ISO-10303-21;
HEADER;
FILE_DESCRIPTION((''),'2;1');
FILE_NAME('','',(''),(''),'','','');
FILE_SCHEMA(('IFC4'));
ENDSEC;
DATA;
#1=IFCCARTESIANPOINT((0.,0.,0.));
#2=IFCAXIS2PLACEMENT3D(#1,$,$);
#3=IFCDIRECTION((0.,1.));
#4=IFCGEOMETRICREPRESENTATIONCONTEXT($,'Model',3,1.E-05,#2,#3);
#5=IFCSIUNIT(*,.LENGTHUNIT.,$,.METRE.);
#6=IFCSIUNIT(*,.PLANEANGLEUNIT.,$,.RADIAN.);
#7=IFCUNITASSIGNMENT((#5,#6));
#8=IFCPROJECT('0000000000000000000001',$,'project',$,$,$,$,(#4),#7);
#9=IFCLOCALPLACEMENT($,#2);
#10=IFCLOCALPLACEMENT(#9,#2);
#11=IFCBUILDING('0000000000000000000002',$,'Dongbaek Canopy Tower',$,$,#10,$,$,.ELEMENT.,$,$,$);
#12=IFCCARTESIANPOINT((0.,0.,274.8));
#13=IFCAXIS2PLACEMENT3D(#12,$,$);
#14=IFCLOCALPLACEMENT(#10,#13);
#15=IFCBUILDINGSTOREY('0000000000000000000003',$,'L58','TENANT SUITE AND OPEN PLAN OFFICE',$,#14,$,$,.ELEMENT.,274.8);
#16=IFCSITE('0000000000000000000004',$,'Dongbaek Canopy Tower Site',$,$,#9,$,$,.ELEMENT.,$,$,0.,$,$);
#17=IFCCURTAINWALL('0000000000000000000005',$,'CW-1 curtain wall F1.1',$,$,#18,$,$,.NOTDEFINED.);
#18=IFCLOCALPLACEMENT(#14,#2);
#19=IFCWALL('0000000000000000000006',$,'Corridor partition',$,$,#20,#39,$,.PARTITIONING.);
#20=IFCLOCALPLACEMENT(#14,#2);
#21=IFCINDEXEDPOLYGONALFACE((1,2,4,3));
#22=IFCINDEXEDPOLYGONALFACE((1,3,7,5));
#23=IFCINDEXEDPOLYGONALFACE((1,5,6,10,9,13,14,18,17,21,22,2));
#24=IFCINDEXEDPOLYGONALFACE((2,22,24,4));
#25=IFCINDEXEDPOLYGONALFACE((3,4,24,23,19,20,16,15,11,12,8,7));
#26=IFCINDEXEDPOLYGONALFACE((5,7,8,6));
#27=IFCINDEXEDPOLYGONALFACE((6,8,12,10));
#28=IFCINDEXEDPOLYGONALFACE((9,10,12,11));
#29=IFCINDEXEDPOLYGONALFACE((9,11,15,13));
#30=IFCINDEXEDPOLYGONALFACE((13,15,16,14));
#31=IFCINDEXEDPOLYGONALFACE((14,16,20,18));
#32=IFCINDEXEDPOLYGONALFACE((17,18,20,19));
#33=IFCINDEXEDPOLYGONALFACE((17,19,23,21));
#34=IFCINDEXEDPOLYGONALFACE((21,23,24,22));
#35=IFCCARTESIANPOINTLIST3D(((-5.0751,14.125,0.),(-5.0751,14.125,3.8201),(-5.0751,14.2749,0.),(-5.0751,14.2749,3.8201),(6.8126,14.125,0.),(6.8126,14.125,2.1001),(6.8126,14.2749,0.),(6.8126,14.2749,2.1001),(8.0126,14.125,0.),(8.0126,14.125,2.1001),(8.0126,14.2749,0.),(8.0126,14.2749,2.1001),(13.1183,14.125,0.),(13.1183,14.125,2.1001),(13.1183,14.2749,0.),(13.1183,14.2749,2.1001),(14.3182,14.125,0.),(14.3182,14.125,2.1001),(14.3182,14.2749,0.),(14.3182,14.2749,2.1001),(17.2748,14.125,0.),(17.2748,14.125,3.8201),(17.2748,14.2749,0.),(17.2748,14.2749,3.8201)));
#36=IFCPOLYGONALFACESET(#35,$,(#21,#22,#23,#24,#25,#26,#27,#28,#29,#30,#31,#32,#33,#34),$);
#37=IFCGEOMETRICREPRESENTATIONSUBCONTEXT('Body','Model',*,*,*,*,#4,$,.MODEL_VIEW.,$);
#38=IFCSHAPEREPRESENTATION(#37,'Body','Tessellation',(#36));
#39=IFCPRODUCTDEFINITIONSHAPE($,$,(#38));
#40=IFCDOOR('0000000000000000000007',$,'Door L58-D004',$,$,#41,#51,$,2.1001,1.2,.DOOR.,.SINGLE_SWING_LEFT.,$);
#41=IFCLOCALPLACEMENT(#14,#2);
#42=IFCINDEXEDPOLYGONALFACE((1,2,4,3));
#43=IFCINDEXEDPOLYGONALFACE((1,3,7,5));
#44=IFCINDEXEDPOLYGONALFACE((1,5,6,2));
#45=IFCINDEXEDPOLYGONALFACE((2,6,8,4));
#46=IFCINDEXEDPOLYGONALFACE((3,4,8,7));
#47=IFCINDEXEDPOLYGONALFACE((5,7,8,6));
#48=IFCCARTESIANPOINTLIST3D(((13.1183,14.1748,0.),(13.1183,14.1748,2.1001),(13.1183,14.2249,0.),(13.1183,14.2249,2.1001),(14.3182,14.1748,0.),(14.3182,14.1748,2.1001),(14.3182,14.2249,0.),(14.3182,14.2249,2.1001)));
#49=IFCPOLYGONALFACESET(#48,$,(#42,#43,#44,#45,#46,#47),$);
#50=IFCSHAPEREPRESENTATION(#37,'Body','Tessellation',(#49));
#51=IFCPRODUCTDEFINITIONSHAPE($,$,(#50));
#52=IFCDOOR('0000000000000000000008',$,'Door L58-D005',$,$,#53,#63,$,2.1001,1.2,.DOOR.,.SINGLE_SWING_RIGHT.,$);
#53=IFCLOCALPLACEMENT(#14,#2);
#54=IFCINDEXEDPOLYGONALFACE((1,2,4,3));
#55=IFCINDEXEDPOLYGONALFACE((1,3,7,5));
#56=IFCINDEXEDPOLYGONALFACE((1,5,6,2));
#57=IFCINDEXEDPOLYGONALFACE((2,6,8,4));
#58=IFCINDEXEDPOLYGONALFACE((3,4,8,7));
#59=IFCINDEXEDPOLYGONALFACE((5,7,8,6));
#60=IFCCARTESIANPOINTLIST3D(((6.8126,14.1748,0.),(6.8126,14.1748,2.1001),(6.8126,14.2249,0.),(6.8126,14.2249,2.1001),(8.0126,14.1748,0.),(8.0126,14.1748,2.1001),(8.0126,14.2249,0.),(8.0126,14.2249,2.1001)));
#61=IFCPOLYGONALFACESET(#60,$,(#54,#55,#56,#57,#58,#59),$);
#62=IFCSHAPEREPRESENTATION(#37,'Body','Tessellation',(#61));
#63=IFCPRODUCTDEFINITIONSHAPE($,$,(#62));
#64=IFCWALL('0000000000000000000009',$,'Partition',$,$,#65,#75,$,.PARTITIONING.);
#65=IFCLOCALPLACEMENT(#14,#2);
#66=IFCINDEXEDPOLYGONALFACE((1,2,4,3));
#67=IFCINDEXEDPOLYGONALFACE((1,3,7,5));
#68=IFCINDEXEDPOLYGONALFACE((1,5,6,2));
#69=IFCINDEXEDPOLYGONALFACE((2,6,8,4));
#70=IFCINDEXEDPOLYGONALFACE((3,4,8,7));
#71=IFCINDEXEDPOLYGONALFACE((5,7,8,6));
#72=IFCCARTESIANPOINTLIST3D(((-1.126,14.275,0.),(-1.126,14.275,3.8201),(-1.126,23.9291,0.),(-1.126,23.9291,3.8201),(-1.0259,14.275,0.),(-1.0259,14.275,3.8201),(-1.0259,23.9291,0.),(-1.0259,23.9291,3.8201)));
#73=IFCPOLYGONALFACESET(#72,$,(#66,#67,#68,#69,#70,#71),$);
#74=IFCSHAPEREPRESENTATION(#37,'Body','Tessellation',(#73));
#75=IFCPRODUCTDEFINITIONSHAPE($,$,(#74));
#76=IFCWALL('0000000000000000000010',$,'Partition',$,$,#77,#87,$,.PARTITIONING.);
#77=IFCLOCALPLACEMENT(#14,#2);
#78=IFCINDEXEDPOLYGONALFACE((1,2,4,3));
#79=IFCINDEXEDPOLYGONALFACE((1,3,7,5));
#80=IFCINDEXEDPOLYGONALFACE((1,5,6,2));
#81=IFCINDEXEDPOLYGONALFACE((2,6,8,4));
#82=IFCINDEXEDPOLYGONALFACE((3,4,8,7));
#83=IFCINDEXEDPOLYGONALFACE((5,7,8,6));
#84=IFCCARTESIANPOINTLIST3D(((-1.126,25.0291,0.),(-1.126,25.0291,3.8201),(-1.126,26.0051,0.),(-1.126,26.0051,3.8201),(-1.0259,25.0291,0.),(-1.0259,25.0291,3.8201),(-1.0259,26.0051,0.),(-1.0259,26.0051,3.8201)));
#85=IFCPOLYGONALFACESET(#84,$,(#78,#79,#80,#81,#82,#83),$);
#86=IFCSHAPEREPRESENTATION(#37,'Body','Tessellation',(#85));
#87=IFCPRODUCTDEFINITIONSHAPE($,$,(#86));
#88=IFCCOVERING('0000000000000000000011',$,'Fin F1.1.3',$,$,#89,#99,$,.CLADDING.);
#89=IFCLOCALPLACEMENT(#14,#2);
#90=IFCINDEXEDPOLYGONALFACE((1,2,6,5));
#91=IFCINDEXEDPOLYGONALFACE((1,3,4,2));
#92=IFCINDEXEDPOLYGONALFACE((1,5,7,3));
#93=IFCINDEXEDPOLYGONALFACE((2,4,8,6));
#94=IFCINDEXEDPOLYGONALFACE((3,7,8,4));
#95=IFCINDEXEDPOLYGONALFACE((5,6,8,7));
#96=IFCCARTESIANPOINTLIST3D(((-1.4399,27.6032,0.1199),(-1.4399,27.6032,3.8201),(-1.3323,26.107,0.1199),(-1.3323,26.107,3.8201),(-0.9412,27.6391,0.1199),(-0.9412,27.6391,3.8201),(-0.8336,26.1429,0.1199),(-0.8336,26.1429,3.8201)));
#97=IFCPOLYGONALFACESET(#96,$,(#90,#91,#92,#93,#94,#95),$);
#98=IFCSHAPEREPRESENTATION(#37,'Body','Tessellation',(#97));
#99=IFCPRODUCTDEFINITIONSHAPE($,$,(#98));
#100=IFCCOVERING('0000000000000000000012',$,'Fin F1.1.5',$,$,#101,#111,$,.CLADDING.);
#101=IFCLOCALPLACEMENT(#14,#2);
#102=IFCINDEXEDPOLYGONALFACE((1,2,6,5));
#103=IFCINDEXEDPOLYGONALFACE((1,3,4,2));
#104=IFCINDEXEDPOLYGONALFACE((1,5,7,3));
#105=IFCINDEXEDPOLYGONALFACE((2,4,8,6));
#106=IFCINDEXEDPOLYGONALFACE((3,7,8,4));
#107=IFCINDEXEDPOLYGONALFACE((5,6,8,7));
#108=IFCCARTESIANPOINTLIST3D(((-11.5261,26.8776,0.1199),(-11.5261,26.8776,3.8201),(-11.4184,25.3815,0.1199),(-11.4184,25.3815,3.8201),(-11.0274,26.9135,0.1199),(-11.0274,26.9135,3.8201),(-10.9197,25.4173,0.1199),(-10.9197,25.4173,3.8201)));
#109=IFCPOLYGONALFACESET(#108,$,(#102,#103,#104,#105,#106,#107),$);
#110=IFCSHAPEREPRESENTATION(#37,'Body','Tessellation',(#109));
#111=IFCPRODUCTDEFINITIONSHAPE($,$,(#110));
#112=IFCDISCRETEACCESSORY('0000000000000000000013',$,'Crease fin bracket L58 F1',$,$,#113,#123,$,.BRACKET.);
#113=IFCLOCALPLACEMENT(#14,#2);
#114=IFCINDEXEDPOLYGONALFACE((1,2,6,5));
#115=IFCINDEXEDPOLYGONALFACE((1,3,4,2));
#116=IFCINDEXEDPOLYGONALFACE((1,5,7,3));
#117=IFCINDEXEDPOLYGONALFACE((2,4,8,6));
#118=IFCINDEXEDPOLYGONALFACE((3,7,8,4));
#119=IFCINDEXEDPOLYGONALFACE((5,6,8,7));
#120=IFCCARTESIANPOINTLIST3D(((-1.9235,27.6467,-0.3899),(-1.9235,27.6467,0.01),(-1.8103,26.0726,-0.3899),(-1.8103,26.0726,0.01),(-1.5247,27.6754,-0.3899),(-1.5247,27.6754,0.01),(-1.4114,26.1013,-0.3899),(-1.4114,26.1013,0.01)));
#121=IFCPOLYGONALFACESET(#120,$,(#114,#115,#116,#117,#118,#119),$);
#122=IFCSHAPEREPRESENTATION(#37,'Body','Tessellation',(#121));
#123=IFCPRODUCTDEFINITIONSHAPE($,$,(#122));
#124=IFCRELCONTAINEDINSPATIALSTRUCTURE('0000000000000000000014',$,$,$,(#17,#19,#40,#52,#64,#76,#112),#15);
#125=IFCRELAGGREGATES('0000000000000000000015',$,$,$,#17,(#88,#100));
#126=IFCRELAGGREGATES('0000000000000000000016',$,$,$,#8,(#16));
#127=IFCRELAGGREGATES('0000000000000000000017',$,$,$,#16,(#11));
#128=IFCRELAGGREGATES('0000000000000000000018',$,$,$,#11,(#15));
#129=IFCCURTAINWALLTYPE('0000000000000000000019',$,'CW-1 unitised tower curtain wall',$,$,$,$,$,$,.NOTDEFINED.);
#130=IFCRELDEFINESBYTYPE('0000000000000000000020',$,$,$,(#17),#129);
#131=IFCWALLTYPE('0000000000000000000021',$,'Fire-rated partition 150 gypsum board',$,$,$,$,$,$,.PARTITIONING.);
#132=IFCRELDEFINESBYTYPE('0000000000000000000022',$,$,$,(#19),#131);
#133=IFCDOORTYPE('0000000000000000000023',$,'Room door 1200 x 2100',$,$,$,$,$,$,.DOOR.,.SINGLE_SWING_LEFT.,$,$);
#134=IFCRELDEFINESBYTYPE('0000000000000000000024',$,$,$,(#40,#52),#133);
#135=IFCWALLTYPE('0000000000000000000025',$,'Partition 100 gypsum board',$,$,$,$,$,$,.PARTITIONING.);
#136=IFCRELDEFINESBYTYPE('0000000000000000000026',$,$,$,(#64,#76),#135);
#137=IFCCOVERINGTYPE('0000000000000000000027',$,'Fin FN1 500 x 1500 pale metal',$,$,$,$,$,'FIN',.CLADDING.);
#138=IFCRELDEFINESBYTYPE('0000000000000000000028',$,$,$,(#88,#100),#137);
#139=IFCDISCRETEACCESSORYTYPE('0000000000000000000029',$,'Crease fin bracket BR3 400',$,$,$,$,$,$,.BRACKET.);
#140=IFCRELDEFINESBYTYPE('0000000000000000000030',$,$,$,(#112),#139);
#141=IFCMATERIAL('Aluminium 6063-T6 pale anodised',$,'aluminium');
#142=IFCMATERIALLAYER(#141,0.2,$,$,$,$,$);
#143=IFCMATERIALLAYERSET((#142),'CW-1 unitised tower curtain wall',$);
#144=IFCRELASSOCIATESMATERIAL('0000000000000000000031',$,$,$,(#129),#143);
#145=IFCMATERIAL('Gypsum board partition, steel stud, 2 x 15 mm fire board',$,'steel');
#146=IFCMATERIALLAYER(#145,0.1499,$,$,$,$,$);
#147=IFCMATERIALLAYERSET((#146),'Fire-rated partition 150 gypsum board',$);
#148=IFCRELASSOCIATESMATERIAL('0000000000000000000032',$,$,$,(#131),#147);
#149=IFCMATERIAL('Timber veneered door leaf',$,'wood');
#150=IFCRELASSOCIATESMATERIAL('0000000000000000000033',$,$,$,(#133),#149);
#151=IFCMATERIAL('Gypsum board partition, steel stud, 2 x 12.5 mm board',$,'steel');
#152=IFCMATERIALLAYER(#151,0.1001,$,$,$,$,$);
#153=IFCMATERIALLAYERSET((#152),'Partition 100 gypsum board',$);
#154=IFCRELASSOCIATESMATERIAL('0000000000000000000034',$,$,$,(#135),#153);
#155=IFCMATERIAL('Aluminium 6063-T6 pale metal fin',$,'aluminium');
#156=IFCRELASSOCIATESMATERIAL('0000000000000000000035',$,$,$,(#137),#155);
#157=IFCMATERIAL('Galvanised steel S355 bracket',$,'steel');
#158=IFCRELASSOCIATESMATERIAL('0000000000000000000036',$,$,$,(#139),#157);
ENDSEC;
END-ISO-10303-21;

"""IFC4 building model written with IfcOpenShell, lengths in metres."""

from ifc_helpers import new_model, si_unit, direction, frame, frame_2d, origin, origin_2d, place, context, subcontext, project, spatial, rectangle, extrude, material, layer, layer_set, material_profile, profile_set, type_object, element, fill, aggregate, save


model = new_model("IFC4")

# Units and contexts
model_context = context("Model", 3, precision=1e-05, world=origin(), true_north=direction((0.0, 1.0)))
body_context = subcontext(model_context, "Body", "Model", "MODEL_VIEW")
ifc_project = project(units=[si_unit("LENGTHUNIT", "METRE"), si_unit("PLANEANGLEUNIT", "RADIAN")], contexts=[model_context])

# Site, building, storey
site_placement = place(None, origin())
site = spatial("IfcSite", under=ifc_project, at=site_placement, Name="Dongbaek Canopy Tower Site", CompositionType="ELEMENT", RefElevation=0.0)
building_placement = place(site_placement, origin())
building = spatial("IfcBuilding", under=site, at=building_placement, Name="Dongbaek Canopy Tower", CompositionType="ELEMENT")
storey_placement = place(building_placement, frame((0.0, 0.0, 274.8)))
storey = spatial("IfcBuildingStorey", under=building, at=storey_placement, Name="L58", Description="TENANT SUITE AND OPEN PLAN OFFICE", CompositionType="ELEMENT", Elevation=274.8)

# Curtain wall
ifc_material_1 = material(Name="Aluminium 6063-T6 pale anodised", Category="aluminium")
ifc_layer_1 = layer(ifc_material_1, 0.2)
ifc_layer_set_1 = layer_set([ifc_layer_1], Name="CW-1 unitised tower curtain wall")
curtain_wall_type = type_object("IfcCurtainWallType", Name="CW-1 unitised tower curtain wall", PredefinedType="NOTDEFINED", material=ifc_layer_set_1)
curtain_wall_1_placement = place(storey_placement, origin())
curtain_wall_1 = element("IfcCurtainWall", 1, at=curtain_wall_1_placement, inside=storey, type_object=curtain_wall_type, Name="CW-1 curtain wall F1.1", PredefinedType="NOTDEFINED")

# Wall, openings, doors
ifc_material_2 = material(Name="Gypsum board partition, steel stud, 2 x 15 mm fire board", Category="steel")
ifc_layer_2 = layer(ifc_material_2, 0.1499)
ifc_layer_set_2 = layer_set([ifc_layer_2], Name="Fire-rated partition 150 gypsum board")
wall_type_1 = type_object("IfcWallType", Name="Fire-rated partition 150 gypsum board", PredefinedType="PARTITIONING", material=ifc_layer_set_2)
wall_1_placement = place(storey_placement, frame((-5.075, 14.2, 0.0), z_axis=(0.0, 0.0, 1.0), x_axis=(1.0, 0.0, 0.0)))
wall_1 = element("IfcWall", 2, at=wall_1_placement, inside=storey, type_object=wall_type_1, Name="Corridor partition", PredefinedType="PARTITIONING", context=body_context, shape_type="SweptSolid", body=[
    extrude(rectangle(XDim=22.3499, YDim=0.1499, at=frame_2d((11.1748, 0.0))), origin(), (0.0, 0.0, 1.0), 3.8201),
])
opening_1_placement = place(wall_1_placement, frame((18.1931, 0.0, 0.0)))
opening_1 = element("IfcOpeningElement", 3, at=opening_1_placement, cuts=wall_1, PredefinedType="OPENING", context=body_context, shape_type="SweptSolid", body=[
    extrude(rectangle(XDim=1.2, YDim=2.1001, at=frame_2d((0.6001, 1.05))), frame((0.0, 0.085, 0.0), z_axis=(0.0, -1.0, 0.0), x_axis=(1.0, 0.0, 0.0)), (0.0, 0.0, 1.0), 0.1699),
])
opening_2_placement = place(wall_1_placement, frame((11.8875, 0.0, 0.0)))
opening_2 = element("IfcOpeningElement", 4, at=opening_2_placement, cuts=wall_1, PredefinedType="OPENING", context=body_context, shape_type="SweptSolid", body=[
    extrude(rectangle(XDim=1.2, YDim=2.1001, at=frame_2d((0.6001, 1.05))), frame((0.0, 0.085, 0.0), z_axis=(0.0, -1.0, 0.0), x_axis=(1.0, 0.0, 0.0)), (0.0, 0.0, 1.0), 0.1699),
])
ifc_material_3 = material(Name="Timber veneered door leaf", Category="wood")
door_type = type_object("IfcDoorType", Name="Room door 1200 x 2100", OperationType="SINGLE_SWING_LEFT", PredefinedType="DOOR", material=ifc_material_3)
door_1_placement = place(opening_1_placement, origin())
door_1 = element("IfcDoor", 5, at=door_1_placement, inside=storey, type_object=door_type, Name="Door L58-D004", OperationType="SINGLE_SWING_LEFT", OverallHeight=2.1001, OverallWidth=1.2, PredefinedType="DOOR", context=body_context, shape_type="SweptSolid", body=[
    extrude(rectangle(XDim=1.2, YDim=2.1001, at=frame_2d((0.6001, 1.05))), frame((0.0, 0.0249, 0.0), z_axis=(0.0, -1.0, 0.0), x_axis=(1.0, 0.0, 0.0)), (0.0, 0.0, 1.0), 0.05),
])
fill(opening_1, door_1)
door_2_placement = place(opening_2_placement, origin())
door_2 = element("IfcDoor", 6, at=door_2_placement, inside=storey, type_object=door_type, Name="Door L58-D005", OperationType="SINGLE_SWING_RIGHT", OverallHeight=2.1001, OverallWidth=1.2, PredefinedType="DOOR", context=body_context, shape_type="SweptSolid", body=[
    extrude(rectangle(XDim=1.2, YDim=2.1001, at=frame_2d((0.6001, 1.05))), frame((0.0, 0.0249, 0.0), z_axis=(0.0, -1.0, 0.0), x_axis=(1.0, 0.0, 0.0)), (0.0, 0.0, 1.0), 0.05),
])
fill(opening_2, door_2)

# Walls
ifc_material_4 = material(Name="Gypsum board partition, steel stud, 2 x 12.5 mm board", Category="steel")
ifc_layer_3 = layer(ifc_material_4, 0.1001)
ifc_layer_set_3 = layer_set([ifc_layer_3], Name="Partition 100 gypsum board")
wall_type_2 = type_object("IfcWallType", Name="Partition 100 gypsum board", PredefinedType="PARTITIONING", material=ifc_layer_set_3)
wall_2_placement = place(storey_placement, frame((-1.0759, 14.2749, 0.0), z_axis=(0.0, 0.0, 1.0), x_axis=(0.0, 1.0, 0.0)))
element("IfcWall", 7, at=wall_2_placement, inside=storey, type_object=wall_type_2, Name="Partition", PredefinedType="PARTITIONING", context=body_context, shape_type="SweptSolid", body=[
    extrude(rectangle(XDim=9.6541, YDim=0.1001, at=frame_2d((4.8271, 0.0))), origin(), (0.0, 0.0, 1.0), 3.8201),
])
wall_3_placement = place(storey_placement, frame((-1.0759, 25.0291, 0.0), z_axis=(0.0, 0.0, 1.0), x_axis=(0.0, 1.0, 0.0)))
element("IfcWall", 8, at=wall_3_placement, inside=storey, type_object=wall_type_2, Name="Partition", PredefinedType="PARTITIONING", context=body_context, shape_type="SweptSolid", body=[
    extrude(rectangle(XDim=0.9761, YDim=0.1001, at=frame_2d((0.488, 0.0))), origin(), (0.0, 0.0, 1.0), 3.8201),
])

# Coverings
ifc_material_5 = material(Name="Aluminium 6063-T6 pale metal fin", Category="aluminium")
ifc_material_profile_1 = material_profile(ifc_material_5, rectangle(XDim=1.5, YDim=0.5, at=origin_2d()), Name="Fin FN1 500 x 1500 pale metal")
ifc_profile_set_1 = profile_set([ifc_material_profile_1], Name="Aluminium 6063-T6 pale metal fin")
covering_type = type_object("IfcCoveringType", Name="Fin FN1 500 x 1500 pale metal", ElementType="FIN", PredefinedType="CLADDING", material=ifc_profile_set_1)
covering_1_placement = place(storey_placement, frame((-1.1367, 26.873, 0.1199), z_axis=(0.0, 0.0, 1.0), x_axis=(-0.071744, 0.997423, 0.0)))
covering_1 = element("IfcCovering", 9, at=covering_1_placement, type_object=covering_type, Name="Fin F1.1.3", PredefinedType="CLADDING", context=body_context, shape_type="SweptSolid", body=[
    extrude(rectangle(XDim=1.5, YDim=0.5, at=origin_2d()), origin(), (0.0, 0.0, 1.0), 3.7002),
])
covering_2_placement = place(storey_placement, frame((-11.2229, 26.1475, 0.1199), z_axis=(0.0, 0.0, 1.0), x_axis=(-0.071744, 0.997423, 0.0)))
covering_2 = element("IfcCovering", 10, at=covering_2_placement, type_object=covering_type, Name="Fin F1.1.5", PredefinedType="CLADDING", context=body_context, shape_type="SweptSolid", body=[
    extrude(rectangle(XDim=1.5, YDim=0.5, at=origin_2d()), origin(), (0.0, 0.0, 1.0), 3.7002),
])
aggregate(curtain_wall_1, [covering_1, covering_2])

# Discrete accessory
ifc_material_6 = material(Name="Galvanised steel S355 bracket", Category="steel")
discrete_accessory_type = type_object("IfcDiscreteAccessoryType", Name="Crease fin bracket BR3 400", PredefinedType="BRACKET", material=ifc_material_6)
discrete_accessory_placement = place(storey_placement, frame((-1.6675, 26.874, -0.3899), z_axis=(0.0, 0.0, 1.0), x_axis=(-0.071745, 0.997423, 0.0)))
element("IfcDiscreteAccessory", 11, at=discrete_accessory_placement, inside=storey, type_object=discrete_accessory_type, Name="Crease fin bracket L58 F1", PredefinedType="BRACKET", context=body_context, shape_type="SweptSolid", body=[
    extrude(rectangle(XDim=1.5781, YDim=0.3999, at=origin_2d()), origin(), (0.0, 0.0, 1.0), 0.3999),
])

save(model, "model.ifc")
